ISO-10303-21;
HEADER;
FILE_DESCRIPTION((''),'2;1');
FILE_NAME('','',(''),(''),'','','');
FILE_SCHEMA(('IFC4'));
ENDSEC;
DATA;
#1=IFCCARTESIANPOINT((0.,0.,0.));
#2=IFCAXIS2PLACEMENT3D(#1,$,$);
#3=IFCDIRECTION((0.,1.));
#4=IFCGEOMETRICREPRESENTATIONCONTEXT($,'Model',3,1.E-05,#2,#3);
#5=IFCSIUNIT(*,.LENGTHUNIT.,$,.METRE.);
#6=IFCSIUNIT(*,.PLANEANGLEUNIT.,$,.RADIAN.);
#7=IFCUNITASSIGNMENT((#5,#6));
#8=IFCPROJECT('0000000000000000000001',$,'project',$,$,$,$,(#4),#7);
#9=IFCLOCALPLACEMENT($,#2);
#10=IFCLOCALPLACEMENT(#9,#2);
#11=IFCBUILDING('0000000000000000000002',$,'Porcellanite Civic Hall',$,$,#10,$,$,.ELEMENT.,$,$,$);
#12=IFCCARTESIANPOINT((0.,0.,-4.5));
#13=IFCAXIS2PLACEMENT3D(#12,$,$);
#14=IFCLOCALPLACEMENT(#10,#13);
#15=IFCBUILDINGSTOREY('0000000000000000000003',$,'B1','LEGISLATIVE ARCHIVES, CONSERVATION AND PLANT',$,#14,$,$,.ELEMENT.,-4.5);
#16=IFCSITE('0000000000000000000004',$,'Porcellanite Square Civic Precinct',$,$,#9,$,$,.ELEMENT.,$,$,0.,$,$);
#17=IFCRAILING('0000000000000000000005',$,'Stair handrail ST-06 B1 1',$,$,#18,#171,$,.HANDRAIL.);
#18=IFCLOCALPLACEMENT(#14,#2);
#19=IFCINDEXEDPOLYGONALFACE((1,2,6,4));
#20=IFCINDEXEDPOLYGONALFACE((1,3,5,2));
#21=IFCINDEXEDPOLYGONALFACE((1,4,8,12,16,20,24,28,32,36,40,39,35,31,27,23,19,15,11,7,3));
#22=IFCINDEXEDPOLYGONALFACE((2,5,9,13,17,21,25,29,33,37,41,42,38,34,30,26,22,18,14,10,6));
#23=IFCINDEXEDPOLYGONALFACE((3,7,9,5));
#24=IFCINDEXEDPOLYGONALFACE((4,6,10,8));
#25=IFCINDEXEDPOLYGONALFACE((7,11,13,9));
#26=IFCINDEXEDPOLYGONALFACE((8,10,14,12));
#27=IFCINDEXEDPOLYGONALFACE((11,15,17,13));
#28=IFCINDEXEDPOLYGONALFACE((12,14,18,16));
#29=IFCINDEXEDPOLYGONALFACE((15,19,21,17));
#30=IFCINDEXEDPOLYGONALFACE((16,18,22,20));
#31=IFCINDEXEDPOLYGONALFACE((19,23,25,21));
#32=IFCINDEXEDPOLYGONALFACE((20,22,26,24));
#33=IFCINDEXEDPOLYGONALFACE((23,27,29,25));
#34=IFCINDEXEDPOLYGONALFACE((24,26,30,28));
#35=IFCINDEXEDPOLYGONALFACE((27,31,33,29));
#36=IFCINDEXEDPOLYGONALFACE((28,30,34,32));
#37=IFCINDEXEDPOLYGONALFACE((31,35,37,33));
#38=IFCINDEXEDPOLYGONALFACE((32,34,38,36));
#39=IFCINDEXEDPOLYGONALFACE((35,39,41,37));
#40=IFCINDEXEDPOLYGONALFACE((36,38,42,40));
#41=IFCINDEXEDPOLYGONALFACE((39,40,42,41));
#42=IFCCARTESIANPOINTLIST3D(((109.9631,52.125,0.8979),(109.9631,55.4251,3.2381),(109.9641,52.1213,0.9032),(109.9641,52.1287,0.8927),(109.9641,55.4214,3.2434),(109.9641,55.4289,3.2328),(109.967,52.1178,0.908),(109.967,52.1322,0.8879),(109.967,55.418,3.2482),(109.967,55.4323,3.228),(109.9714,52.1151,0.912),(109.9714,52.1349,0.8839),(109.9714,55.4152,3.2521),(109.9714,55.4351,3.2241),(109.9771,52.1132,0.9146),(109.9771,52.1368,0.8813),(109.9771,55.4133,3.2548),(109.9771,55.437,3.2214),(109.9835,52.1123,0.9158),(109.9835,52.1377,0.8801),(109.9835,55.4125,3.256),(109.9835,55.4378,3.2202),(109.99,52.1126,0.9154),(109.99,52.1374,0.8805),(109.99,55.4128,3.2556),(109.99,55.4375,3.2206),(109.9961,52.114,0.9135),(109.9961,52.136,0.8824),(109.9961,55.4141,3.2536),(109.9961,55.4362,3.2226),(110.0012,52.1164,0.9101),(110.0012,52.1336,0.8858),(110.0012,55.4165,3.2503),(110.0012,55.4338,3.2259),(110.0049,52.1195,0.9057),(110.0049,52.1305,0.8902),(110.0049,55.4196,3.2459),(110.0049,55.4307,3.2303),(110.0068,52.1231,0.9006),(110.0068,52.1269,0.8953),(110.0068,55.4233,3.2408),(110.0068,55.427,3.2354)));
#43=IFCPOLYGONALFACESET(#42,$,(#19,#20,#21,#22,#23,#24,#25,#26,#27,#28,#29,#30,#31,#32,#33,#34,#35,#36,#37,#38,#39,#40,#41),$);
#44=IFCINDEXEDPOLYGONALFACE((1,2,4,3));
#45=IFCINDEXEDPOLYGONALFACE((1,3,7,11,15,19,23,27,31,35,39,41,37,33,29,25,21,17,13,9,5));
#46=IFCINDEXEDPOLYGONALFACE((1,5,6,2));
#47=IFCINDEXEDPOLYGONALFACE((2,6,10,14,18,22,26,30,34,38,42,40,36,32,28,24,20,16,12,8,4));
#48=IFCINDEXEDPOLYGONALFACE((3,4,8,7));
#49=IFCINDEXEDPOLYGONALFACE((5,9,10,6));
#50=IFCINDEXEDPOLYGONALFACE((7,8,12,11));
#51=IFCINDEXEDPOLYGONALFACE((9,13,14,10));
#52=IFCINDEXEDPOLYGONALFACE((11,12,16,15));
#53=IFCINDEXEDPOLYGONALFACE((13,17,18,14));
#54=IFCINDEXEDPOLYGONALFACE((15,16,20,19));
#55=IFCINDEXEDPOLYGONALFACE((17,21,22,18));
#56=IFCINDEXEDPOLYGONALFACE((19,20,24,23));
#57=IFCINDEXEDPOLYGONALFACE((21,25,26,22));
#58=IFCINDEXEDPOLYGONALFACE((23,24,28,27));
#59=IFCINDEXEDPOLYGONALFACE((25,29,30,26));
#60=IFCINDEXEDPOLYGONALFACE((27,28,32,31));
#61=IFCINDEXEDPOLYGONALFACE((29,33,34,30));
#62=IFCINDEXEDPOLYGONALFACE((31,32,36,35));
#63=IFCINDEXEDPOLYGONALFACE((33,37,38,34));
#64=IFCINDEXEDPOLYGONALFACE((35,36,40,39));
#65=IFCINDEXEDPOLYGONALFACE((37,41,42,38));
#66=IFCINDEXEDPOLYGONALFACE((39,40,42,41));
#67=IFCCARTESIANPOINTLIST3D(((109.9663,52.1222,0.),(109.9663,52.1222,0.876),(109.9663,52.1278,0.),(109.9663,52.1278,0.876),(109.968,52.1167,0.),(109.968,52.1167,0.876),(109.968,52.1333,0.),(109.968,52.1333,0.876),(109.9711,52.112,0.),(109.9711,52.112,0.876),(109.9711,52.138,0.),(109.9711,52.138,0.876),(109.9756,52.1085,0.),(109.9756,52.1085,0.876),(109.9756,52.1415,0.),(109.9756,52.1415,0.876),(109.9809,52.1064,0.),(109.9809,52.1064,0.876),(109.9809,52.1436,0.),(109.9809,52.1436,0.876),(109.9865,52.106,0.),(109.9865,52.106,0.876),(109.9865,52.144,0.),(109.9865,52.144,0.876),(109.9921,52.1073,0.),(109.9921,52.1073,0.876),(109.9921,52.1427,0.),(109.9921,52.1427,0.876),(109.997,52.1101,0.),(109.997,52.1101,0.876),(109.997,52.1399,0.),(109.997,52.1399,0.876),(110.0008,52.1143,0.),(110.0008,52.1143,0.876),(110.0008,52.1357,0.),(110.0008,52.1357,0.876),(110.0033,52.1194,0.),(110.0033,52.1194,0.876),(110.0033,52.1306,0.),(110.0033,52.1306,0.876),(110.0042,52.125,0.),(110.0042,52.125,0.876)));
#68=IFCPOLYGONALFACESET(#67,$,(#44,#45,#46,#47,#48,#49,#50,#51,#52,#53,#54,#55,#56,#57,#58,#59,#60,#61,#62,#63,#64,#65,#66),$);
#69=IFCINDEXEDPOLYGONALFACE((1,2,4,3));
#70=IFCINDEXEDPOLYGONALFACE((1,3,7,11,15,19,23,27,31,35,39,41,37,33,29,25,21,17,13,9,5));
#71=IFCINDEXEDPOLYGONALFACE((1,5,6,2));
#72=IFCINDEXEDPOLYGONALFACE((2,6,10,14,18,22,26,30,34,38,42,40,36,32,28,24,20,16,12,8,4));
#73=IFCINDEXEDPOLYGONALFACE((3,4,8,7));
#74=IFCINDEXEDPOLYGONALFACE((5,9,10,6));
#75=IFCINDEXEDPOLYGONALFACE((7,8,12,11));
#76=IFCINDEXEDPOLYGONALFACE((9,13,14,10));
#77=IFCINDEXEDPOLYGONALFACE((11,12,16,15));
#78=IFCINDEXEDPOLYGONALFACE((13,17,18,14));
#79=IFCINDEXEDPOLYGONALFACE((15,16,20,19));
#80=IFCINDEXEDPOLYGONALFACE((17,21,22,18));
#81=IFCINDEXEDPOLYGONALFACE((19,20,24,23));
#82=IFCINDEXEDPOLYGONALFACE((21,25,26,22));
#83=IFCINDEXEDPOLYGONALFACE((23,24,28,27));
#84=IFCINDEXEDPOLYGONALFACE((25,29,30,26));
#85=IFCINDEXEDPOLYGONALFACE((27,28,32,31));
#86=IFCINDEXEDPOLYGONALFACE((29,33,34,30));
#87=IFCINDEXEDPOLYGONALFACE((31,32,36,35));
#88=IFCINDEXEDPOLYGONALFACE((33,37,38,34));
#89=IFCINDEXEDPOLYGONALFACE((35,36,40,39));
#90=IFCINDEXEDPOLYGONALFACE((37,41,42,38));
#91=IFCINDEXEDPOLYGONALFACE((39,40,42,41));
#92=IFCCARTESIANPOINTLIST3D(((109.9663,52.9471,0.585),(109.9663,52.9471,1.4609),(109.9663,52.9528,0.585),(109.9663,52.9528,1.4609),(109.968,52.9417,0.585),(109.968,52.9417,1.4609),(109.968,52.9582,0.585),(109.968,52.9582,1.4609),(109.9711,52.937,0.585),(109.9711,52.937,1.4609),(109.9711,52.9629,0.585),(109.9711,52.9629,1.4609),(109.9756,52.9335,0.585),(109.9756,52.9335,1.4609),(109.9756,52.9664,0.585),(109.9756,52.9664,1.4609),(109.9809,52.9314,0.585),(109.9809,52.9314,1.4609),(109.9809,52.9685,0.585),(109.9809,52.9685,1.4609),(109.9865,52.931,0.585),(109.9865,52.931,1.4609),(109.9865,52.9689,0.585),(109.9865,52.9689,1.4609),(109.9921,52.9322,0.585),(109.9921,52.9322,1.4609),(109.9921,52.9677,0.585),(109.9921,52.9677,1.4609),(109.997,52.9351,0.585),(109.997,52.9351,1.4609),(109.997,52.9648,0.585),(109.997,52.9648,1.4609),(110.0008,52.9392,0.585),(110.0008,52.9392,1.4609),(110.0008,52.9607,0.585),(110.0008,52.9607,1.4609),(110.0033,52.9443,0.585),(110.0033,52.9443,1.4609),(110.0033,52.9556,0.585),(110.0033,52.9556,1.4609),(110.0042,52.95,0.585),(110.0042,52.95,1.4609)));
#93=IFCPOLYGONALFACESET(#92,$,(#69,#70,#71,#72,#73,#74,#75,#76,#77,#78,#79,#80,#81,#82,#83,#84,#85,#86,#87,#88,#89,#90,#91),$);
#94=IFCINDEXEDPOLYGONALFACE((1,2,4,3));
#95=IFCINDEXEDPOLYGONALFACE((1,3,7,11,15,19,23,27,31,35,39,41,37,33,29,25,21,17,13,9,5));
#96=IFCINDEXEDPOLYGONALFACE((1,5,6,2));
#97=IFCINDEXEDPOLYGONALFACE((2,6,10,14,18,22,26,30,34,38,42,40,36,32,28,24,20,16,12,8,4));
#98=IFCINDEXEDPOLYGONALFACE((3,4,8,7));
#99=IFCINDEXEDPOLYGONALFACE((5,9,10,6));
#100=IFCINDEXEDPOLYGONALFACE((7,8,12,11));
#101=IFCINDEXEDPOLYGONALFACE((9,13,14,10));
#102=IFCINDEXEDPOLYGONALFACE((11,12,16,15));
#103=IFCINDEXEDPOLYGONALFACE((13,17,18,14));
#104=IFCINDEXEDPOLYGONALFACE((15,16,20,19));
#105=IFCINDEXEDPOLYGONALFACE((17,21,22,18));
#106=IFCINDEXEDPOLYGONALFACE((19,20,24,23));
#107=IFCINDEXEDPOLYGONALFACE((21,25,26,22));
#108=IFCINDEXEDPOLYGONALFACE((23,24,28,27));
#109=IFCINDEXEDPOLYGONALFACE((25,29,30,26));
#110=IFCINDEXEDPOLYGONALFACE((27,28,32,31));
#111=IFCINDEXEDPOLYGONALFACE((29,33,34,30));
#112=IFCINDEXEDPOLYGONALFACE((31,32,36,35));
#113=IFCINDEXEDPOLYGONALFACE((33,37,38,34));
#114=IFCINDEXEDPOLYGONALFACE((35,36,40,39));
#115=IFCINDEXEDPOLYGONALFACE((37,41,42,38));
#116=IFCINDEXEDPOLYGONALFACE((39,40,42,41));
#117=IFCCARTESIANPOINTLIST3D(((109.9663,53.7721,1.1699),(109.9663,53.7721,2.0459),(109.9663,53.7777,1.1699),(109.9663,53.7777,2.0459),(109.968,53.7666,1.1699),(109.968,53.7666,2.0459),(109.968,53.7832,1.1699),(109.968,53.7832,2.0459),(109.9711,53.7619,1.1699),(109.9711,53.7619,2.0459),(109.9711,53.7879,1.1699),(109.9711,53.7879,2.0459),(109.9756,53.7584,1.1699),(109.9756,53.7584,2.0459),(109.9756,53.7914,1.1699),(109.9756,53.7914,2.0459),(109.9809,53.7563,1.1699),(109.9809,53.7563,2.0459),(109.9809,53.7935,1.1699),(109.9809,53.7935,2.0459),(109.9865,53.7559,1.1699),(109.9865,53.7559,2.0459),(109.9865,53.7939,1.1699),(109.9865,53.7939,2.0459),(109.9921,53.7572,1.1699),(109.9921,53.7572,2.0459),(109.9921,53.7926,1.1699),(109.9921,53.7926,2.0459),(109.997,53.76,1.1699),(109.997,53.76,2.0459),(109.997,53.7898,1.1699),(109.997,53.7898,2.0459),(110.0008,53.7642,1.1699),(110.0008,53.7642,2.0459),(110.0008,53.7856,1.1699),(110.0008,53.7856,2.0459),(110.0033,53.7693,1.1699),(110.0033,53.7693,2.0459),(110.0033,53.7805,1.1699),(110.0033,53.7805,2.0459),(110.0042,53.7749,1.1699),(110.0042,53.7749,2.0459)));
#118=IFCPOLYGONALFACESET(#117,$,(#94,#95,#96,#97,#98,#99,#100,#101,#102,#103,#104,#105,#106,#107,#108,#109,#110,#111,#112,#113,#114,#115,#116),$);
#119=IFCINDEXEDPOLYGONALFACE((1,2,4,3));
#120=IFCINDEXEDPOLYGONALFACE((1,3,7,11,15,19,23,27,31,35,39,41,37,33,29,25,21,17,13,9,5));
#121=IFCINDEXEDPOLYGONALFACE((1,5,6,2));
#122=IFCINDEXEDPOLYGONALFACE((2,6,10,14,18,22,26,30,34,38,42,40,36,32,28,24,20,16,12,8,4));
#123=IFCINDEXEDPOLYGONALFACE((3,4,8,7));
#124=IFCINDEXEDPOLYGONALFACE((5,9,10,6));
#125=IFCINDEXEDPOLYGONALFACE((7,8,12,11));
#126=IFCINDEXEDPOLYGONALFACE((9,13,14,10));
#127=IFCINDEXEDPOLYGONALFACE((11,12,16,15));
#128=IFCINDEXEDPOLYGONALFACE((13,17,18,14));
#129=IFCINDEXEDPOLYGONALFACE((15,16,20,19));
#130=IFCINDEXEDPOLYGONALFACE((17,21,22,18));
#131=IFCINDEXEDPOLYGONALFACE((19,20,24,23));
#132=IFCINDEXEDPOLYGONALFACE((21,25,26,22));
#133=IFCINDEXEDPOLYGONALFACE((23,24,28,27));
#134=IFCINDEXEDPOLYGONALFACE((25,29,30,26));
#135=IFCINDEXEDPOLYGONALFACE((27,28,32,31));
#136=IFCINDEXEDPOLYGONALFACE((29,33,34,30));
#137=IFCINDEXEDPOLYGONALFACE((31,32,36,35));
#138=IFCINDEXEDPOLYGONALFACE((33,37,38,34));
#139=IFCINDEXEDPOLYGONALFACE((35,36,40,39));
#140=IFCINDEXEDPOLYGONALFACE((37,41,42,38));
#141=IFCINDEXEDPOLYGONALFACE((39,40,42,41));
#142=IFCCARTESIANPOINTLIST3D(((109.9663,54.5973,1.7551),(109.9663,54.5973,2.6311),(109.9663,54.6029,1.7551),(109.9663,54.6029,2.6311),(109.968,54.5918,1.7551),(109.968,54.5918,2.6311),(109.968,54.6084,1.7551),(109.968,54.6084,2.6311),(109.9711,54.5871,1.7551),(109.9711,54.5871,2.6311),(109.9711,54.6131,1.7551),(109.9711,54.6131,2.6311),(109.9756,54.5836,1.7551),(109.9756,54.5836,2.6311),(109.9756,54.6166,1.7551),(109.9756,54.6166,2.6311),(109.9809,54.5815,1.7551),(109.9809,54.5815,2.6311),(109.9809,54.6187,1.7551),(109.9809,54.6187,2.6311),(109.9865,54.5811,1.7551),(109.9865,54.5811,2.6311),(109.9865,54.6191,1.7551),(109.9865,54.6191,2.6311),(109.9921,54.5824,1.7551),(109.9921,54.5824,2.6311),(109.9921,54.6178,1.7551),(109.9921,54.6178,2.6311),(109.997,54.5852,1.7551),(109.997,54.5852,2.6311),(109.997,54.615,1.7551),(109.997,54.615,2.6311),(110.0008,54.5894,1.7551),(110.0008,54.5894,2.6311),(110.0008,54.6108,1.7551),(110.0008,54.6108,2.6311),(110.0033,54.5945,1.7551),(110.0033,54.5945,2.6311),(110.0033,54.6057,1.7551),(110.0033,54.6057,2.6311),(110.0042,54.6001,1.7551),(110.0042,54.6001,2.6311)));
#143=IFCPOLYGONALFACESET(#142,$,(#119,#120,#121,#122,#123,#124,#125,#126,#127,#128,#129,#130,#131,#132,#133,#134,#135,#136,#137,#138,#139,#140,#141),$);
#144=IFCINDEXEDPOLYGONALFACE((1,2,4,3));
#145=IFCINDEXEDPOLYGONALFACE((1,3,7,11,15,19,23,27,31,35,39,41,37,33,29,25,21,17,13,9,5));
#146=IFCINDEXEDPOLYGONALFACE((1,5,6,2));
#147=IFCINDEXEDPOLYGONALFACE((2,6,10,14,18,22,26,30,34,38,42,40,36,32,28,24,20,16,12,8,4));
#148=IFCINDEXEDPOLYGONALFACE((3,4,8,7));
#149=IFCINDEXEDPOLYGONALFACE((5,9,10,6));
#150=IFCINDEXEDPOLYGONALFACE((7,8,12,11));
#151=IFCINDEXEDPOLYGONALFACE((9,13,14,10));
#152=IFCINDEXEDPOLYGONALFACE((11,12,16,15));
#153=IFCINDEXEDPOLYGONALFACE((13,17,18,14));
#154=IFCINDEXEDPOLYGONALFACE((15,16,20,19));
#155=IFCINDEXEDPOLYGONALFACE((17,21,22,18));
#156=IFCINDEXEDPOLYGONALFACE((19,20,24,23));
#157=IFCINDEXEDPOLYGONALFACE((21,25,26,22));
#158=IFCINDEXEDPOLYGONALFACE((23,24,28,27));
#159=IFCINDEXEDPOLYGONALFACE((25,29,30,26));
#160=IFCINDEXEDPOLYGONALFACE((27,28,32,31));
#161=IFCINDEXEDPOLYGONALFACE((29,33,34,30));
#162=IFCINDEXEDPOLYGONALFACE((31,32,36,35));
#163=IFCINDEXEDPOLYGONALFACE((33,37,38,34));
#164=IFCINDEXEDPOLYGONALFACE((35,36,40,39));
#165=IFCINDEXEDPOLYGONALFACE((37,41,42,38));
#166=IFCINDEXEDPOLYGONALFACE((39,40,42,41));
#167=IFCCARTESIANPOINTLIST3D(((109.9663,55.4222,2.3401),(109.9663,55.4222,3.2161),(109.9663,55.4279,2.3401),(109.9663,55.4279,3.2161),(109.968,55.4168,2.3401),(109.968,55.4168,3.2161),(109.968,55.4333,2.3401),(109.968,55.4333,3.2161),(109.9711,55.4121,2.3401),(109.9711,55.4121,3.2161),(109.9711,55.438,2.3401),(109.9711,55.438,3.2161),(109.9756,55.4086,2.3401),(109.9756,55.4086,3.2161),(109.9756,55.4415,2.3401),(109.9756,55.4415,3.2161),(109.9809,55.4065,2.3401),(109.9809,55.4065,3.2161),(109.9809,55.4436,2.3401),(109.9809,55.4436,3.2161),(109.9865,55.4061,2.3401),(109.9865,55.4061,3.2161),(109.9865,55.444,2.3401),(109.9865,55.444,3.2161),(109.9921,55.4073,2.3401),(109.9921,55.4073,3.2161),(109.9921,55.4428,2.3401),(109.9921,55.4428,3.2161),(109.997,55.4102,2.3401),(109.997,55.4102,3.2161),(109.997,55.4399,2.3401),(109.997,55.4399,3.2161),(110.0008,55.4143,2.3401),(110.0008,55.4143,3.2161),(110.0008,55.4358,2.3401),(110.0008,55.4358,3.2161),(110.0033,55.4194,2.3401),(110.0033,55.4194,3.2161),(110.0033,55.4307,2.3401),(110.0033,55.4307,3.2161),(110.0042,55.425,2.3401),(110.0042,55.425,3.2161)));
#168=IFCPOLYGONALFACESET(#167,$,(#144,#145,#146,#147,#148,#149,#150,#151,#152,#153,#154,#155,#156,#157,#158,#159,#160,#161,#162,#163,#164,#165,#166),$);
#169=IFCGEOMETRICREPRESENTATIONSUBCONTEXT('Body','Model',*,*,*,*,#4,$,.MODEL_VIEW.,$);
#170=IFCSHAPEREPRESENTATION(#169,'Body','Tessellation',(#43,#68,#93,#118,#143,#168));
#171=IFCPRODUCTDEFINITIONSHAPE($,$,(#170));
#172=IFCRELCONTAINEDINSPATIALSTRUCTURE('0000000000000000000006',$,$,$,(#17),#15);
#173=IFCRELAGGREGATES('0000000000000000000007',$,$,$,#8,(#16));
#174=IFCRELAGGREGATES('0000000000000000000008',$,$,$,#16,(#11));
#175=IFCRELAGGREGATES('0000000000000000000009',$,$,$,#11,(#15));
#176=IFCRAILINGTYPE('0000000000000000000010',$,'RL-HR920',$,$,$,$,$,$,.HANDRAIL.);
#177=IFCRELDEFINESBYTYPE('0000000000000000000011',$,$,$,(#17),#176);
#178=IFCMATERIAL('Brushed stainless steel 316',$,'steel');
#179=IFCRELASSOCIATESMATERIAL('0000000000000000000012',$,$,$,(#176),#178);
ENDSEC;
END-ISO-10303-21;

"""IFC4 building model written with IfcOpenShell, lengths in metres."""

from ifc_helpers import new_model, si_unit, direction, frame, origin, origin_2d, place, context, subcontext, project, spatial, circle, extrude, material, type_object, element, save


model = new_model("IFC4")

# Units and contexts
model_context = context("Model", 3, precision=1e-05, world=origin(), true_north=direction((0.0, 1.0)))
body_context = subcontext(model_context, "Body", "Model", "MODEL_VIEW")
ifc_project = project(units=[si_unit("LENGTHUNIT", "METRE"), si_unit("PLANEANGLEUNIT", "RADIAN")], contexts=[model_context])

# Site, building, storey
site_placement = place(None, origin())
site = spatial("IfcSite", under=ifc_project, at=site_placement, Name="Porcellanite Square Civic Precinct", CompositionType="ELEMENT", RefElevation=0.0)
building_placement = place(site_placement, origin())
building = spatial("IfcBuilding", under=site, at=building_placement, Name="Porcellanite Civic Hall", CompositionType="ELEMENT")
storey_placement = place(building_placement, frame((0.0, 0.0, -4.5)))
storey = spatial("IfcBuildingStorey", under=building, at=storey_placement, Name="B1", Description="LEGISLATIVE ARCHIVES, CONSERVATION AND PLANT", CompositionType="ELEMENT", Elevation=-4.5)

# Railing
ifc_material_1 = material(Name="Brushed stainless steel 316", Category="steel")
railing_type_1 = type_object("IfcRailingType", Name="RL-HR920", PredefinedType="HANDRAIL", material=ifc_material_1)
railing_1_placement = place(storey_placement, frame((109.9851, 52.125, 0.0)))
element("IfcRailing", 1, at=railing_1_placement, inside=storey, type_object=railing_type_1, Name="Stair handrail ST-06 B1 1", PredefinedType="HANDRAIL", context=body_context, shape_type="SweptSolid", body=[
    extrude(circle(Radius=0.022, at=origin_2d()), frame((0.0, 0.0, 0.8979), z_axis=(0.0, 0.815727, 0.578438), x_axis=(-1.0, 0.0, 0.0)), (0.0, 0.0, 1.0), 4.0457),
    extrude(circle(Radius=0.019, at=origin_2d()), origin(), (0.0, 0.0, 1.0), 0.876),
    extrude(circle(Radius=0.019, at=origin_2d()), frame((0.0, 0.825, 0.585)), (0.0, 0.0, 1.0), 0.876),
    extrude(circle(Radius=0.019, at=origin_2d()), frame((0.0, 1.6499, 1.1699)), (0.0, 0.0, 1.0), 0.876),
    extrude(circle(Radius=0.019, at=origin_2d()), frame((0.0, 2.4751, 1.7551)), (0.0, 0.0, 1.0), 0.876),
    extrude(circle(Radius=0.019, at=origin_2d()), frame((0.0, 3.3, 2.3401)), (0.0, 0.0, 1.0), 0.876),
])

save(model, "model.ifc")
